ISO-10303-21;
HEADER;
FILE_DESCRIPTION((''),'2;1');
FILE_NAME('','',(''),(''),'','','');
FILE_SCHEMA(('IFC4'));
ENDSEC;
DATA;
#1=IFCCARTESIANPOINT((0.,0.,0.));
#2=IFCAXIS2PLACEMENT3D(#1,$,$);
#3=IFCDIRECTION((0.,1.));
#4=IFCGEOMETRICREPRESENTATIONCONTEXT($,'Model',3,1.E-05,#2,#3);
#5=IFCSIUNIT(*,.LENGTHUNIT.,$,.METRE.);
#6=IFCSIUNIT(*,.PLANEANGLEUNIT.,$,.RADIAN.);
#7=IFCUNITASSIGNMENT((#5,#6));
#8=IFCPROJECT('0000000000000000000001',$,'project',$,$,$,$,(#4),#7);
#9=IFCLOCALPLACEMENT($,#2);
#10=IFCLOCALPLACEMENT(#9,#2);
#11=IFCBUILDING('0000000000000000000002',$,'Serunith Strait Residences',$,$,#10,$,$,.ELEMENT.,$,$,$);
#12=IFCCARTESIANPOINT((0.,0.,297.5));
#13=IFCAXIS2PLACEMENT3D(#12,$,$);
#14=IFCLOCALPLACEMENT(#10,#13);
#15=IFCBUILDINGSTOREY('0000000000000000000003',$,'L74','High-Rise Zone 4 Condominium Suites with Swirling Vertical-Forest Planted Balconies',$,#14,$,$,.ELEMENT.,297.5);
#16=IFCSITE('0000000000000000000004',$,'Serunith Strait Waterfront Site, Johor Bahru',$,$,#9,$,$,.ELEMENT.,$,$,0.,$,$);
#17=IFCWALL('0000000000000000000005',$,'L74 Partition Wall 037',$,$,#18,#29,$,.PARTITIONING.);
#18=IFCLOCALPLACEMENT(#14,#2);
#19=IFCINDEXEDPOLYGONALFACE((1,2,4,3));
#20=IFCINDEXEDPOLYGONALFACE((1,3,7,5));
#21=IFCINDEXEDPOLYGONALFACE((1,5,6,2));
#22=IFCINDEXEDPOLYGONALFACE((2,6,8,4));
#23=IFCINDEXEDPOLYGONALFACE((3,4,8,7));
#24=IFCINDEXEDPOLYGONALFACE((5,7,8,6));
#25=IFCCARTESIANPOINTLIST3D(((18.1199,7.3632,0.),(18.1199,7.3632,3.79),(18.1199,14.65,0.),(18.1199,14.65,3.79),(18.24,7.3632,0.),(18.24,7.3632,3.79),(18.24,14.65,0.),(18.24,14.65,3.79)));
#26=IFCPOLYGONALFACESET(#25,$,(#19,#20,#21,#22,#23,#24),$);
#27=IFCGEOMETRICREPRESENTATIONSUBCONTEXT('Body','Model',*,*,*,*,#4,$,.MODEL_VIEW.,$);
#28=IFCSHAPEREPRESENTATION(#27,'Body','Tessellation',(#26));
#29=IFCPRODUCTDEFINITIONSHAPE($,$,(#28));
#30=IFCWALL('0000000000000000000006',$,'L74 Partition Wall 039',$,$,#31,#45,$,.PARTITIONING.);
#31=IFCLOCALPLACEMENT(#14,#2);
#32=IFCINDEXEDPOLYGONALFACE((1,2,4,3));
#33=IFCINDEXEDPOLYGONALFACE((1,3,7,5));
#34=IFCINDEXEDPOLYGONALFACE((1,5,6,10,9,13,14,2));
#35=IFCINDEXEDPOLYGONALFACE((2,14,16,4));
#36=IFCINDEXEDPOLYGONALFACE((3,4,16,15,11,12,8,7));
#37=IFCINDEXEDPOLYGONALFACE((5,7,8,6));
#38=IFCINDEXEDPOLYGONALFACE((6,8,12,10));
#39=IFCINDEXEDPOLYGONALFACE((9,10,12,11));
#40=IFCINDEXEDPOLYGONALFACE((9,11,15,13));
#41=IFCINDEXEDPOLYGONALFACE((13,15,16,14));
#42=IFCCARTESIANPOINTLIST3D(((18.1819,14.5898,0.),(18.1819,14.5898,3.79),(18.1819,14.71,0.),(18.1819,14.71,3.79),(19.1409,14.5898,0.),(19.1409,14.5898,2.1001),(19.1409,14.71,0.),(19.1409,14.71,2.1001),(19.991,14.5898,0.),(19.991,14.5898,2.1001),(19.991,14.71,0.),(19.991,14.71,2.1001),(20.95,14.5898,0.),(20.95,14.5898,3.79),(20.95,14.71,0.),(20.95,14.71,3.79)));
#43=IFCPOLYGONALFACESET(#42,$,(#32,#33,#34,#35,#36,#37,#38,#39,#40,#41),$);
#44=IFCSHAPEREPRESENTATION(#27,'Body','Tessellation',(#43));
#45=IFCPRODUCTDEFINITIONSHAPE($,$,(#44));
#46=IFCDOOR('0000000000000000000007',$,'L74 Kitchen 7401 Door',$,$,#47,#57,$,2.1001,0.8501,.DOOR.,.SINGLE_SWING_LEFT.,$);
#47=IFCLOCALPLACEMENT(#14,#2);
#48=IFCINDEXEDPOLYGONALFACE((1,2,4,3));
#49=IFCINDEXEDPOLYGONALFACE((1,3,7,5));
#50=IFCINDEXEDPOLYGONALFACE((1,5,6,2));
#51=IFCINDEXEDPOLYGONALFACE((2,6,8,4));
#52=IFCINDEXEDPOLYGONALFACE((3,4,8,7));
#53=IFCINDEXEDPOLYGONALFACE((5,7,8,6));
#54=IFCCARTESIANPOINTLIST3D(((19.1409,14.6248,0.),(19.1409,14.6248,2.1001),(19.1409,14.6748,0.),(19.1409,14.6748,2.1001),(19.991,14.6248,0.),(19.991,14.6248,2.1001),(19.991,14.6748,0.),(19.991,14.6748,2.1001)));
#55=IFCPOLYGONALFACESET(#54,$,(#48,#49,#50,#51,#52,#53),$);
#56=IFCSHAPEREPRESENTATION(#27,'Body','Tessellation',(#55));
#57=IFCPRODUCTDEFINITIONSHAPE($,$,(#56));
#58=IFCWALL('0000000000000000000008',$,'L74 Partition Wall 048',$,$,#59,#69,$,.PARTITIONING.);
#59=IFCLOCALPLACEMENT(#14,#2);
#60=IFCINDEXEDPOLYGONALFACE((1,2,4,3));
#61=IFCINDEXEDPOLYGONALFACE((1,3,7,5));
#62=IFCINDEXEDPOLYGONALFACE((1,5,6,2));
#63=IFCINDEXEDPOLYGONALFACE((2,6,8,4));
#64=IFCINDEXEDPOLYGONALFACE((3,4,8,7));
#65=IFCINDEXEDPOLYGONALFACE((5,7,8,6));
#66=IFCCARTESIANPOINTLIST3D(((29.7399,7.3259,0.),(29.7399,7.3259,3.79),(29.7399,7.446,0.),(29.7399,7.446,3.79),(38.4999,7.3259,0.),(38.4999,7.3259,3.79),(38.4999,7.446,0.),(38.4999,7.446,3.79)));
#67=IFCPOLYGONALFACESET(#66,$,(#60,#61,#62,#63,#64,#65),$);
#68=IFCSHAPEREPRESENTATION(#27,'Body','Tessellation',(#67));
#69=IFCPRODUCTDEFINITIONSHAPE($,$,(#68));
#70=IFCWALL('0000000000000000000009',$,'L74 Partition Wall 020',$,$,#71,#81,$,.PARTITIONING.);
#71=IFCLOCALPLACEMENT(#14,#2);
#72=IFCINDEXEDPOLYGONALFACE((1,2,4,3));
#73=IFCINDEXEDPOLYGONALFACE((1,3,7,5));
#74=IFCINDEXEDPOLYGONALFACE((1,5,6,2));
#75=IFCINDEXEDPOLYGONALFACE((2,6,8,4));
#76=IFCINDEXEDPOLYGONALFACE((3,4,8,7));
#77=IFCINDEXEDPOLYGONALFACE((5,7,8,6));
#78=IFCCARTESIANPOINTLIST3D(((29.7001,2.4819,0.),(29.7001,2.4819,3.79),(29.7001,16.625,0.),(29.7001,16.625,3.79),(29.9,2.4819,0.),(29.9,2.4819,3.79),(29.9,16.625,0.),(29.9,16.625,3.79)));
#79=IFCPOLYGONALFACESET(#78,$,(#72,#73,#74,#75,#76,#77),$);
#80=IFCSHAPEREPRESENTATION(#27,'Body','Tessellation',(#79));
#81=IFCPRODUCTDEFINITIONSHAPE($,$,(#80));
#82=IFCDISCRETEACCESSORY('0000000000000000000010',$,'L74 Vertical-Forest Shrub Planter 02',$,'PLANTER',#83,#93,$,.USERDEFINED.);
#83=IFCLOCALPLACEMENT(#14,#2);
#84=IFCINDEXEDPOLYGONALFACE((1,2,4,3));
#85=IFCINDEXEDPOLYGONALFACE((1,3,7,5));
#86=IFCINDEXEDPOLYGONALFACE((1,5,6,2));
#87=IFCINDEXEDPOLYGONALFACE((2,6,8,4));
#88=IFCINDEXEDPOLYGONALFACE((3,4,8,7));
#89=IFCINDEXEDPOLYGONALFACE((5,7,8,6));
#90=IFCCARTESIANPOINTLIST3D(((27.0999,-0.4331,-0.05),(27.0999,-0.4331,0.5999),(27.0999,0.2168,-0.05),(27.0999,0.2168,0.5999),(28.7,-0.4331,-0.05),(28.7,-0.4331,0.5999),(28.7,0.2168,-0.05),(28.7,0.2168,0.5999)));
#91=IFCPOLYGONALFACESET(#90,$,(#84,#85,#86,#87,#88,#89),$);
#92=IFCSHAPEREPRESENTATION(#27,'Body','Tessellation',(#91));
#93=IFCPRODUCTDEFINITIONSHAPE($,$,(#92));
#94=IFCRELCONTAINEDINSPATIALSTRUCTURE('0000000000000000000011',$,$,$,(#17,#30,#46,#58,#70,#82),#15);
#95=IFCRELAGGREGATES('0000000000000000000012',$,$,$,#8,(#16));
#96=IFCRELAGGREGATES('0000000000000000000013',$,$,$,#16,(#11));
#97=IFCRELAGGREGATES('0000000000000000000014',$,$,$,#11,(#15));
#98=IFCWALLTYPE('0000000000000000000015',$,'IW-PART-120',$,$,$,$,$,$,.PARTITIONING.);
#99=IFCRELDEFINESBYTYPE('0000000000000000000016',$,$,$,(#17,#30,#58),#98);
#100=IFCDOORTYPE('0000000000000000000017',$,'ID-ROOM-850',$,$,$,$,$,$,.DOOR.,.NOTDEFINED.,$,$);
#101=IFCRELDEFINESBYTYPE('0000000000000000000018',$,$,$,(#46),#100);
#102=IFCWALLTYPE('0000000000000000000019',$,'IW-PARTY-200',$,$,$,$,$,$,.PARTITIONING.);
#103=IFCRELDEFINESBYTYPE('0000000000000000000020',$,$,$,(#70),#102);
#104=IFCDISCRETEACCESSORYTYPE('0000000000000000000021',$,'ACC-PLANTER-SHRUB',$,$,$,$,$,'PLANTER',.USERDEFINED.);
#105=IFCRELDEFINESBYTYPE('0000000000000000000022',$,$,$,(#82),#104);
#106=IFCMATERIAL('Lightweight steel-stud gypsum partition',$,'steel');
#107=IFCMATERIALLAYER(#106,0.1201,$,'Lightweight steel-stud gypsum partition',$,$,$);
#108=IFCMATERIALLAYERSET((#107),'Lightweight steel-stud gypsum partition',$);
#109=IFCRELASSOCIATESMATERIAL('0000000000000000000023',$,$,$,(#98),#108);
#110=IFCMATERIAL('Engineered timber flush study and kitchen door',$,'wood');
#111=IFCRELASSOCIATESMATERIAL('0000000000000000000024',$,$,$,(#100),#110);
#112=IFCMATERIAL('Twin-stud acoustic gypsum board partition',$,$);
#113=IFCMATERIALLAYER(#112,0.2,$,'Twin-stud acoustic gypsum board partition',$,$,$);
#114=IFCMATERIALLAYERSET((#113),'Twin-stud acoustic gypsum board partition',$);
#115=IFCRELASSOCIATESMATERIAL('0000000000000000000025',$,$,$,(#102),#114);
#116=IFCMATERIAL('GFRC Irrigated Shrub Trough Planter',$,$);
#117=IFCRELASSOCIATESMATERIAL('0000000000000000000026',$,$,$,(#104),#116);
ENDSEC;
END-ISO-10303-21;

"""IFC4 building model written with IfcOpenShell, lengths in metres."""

from ifc_helpers import new_model, si_unit, direction, frame, frame_2d, origin, origin_2d, place, context, subcontext, project, spatial, rectangle, extrude, source, transform, mapped, material, layer, layer_set, type_object, element, fill, save


model = new_model("IFC4")

# Units and contexts
model_context = context("Model", 3, precision=1e-05, world=origin(), true_north=direction((0.0, 1.0)))
body_context = subcontext(model_context, "Body", "Model", "MODEL_VIEW")
ifc_project = project(units=[si_unit("LENGTHUNIT", "METRE"), si_unit("PLANEANGLEUNIT", "RADIAN")], contexts=[model_context])

# Site, building, storey
site_placement = place(None, origin())
site = spatial("IfcSite", under=ifc_project, at=site_placement, Name="Serunith Strait Waterfront Site, Johor Bahru", CompositionType="ELEMENT", RefElevation=0.0)
building_placement = place(site_placement, origin())
building = spatial("IfcBuilding", under=site, at=building_placement, Name="Serunith Strait Residences", CompositionType="ELEMENT")
storey_placement = place(building_placement, frame((0.0, 0.0, 297.5)))
storey = spatial("IfcBuildingStorey", under=building, at=storey_placement, Name="L74", Description="High-Rise Zone 4 Condominium Suites with Swirling Vertical-Forest Planted Balconies", CompositionType="ELEMENT", Elevation=297.5)

# Shared definitions
ifc_material_1 = material(Name="Lightweight steel-stud gypsum partition", Category="steel")
ifc_layer_1 = layer(ifc_material_1, 0.1201, Name="Lightweight steel-stud gypsum partition")
ifc_layer_set_1 = layer_set([ifc_layer_1], Name="Lightweight steel-stud gypsum partition")
wall_type_1 = type_object("IfcWallType", Name="IW-PART-120", PredefinedType="PARTITIONING", material=ifc_layer_set_1)

# Wall
wall_1_placement = place(storey_placement, frame((18.1799, 7.363, 0.0), z_axis=(0.0, 0.0, 1.0), x_axis=(0.0, 1.0, 0.0)))
element("IfcWall", 1, at=wall_1_placement, inside=storey, type_object=wall_type_1, Name="L74 Partition Wall 037", PredefinedType="PARTITIONING", context=body_context, shape_type="SweptSolid", body=[
    extrude(rectangle(XDim=7.2869, YDim=0.1201, at=frame_2d((3.6436, 0.0))), origin(), (0.0, 0.0, 1.0), 3.79),
])

# Wall, opening, door
wall_2_placement = place(storey_placement, frame((18.1819, 14.6499, 0.0), z_axis=(0.0, 0.0, 1.0), x_axis=(1.0, 0.0, 0.0)))
wall_2 = element("IfcWall", 2, at=wall_2_placement, inside=storey, type_object=wall_type_1, Name="L74 Partition Wall 039", PredefinedType="PARTITIONING", context=body_context, shape_type="SweptSolid", body=[
    extrude(rectangle(XDim=2.7681, YDim=0.1201, at=frame_2d((1.384, 0.0))), origin(), (0.0, 0.0, 1.0), 3.79),
])
opening_1_placement = place(wall_2_placement, frame((0.959, 0.0, 0.0)))
opening_1 = element("IfcOpeningElement", 3, at=opening_1_placement, cuts=wall_2, PredefinedType="OPENING", context=body_context, shape_type="SweptSolid", body=[
    extrude(rectangle(XDim=0.8501, YDim=2.1001, at=frame_2d((0.425, 1.05))), frame((0.0, 0.0701, 0.0), z_axis=(0.0, -1.0, 0.0), x_axis=(1.0, 0.0, 0.0)), (0.0, 0.0, 1.0), 0.1401),
])
ifc_material_2 = material(Name="Engineered timber flush study and kitchen door", Category="wood")
door_type_1 = type_object("IfcDoorType", Name="ID-ROOM-850", OperationType="NOTDEFINED", PredefinedType="DOOR", material=ifc_material_2)
shared_shape_1 = source(origin(), body_context, "Body", "SweptSolid", [
    extrude(rectangle(XDim=0.8501, YDim=2.1001, at=frame_2d((0.425, 1.05))), frame((0.0, 0.0249, 0.0), z_axis=(0.0, -1.0, 0.0), x_axis=(1.0, 0.0, 0.0)), (0.0, 0.0, 1.0), 0.05),
])
door_1_placement = place(opening_1_placement, origin())
door_1 = element("IfcDoor", 4, at=door_1_placement, inside=storey, type_object=door_type_1, Name="L74 Kitchen 7401 Door", OperationType="SINGLE_SWING_LEFT", OverallHeight=2.1001, OverallWidth=0.8501, PredefinedType="DOOR", context=body_context, shape_type="MappedRepresentation", body=[
    mapped(shared_shape_1, transform((0.0, 0.0, 0.0), scale=1.0)),
])
fill(opening_1, door_1)

# Walls
wall_3_placement = place(storey_placement, frame((29.74, 7.386, 0.0), z_axis=(0.0, 0.0, 1.0), x_axis=(1.0, 0.0, 0.0)))
element("IfcWall", 5, at=wall_3_placement, inside=storey, type_object=wall_type_1, Name="L74 Partition Wall 048", PredefinedType="PARTITIONING", context=body_context, shape_type="SweptSolid", body=[
    extrude(rectangle(XDim=8.76, YDim=0.1201, at=frame_2d((4.3799, 0.0))), origin(), (0.0, 0.0, 1.0), 3.79),
])
ifc_material_3 = material(Name="Twin-stud acoustic gypsum board partition")
ifc_layer_2 = layer(ifc_material_3, 0.2, Name="Twin-stud acoustic gypsum board partition")
ifc_layer_set_2 = layer_set([ifc_layer_2], Name="Twin-stud acoustic gypsum board partition")
wall_type_2 = type_object("IfcWallType", Name="IW-PARTY-200", PredefinedType="PARTITIONING", material=ifc_layer_set_2)
wall_4_placement = place(storey_placement, frame((29.8, 2.4819, 0.0), z_axis=(0.0, 0.0, 1.0), x_axis=(0.0, 1.0, 0.0)))
element("IfcWall", 6, at=wall_4_placement, inside=storey, type_object=wall_type_2, Name="L74 Partition Wall 020", PredefinedType="PARTITIONING", context=body_context, shape_type="SweptSolid", body=[
    extrude(rectangle(XDim=14.1431, YDim=0.2, at=frame_2d((7.0715, 0.0))), origin(), (0.0, 0.0, 1.0), 3.79),
])

# Discrete accessory
ifc_material_4 = material(Name="GFRC Irrigated Shrub Trough Planter")
discrete_accessory_type = type_object("IfcDiscreteAccessoryType", Name="ACC-PLANTER-SHRUB", ElementType="PLANTER", PredefinedType="USERDEFINED", material=ifc_material_4)
shared_shape_2 = source(origin(), body_context, "Body", "SweptSolid", [
    extrude(rectangle(XDim=1.6001, YDim=0.6499, at=origin_2d()), origin(), (0.0, 0.0, 1.0), 0.6499),
])
discrete_accessory_placement = place(storey_placement, frame((27.8999, -0.1082, -0.05), z_axis=(0.0, 0.0, 1.0), x_axis=(1.0, 0.0, 0.0)))
element("IfcDiscreteAccessory", 7, at=discrete_accessory_placement, inside=storey, type_object=discrete_accessory_type, Name="L74 Vertical-Forest Shrub Planter 02", ObjectType="PLANTER", PredefinedType="USERDEFINED", context=body_context, shape_type="MappedRepresentation", body=[
    mapped(shared_shape_2, transform((0.0, 0.0, 0.0), scale=1.0)),
])

save(model, "model.ifc")
